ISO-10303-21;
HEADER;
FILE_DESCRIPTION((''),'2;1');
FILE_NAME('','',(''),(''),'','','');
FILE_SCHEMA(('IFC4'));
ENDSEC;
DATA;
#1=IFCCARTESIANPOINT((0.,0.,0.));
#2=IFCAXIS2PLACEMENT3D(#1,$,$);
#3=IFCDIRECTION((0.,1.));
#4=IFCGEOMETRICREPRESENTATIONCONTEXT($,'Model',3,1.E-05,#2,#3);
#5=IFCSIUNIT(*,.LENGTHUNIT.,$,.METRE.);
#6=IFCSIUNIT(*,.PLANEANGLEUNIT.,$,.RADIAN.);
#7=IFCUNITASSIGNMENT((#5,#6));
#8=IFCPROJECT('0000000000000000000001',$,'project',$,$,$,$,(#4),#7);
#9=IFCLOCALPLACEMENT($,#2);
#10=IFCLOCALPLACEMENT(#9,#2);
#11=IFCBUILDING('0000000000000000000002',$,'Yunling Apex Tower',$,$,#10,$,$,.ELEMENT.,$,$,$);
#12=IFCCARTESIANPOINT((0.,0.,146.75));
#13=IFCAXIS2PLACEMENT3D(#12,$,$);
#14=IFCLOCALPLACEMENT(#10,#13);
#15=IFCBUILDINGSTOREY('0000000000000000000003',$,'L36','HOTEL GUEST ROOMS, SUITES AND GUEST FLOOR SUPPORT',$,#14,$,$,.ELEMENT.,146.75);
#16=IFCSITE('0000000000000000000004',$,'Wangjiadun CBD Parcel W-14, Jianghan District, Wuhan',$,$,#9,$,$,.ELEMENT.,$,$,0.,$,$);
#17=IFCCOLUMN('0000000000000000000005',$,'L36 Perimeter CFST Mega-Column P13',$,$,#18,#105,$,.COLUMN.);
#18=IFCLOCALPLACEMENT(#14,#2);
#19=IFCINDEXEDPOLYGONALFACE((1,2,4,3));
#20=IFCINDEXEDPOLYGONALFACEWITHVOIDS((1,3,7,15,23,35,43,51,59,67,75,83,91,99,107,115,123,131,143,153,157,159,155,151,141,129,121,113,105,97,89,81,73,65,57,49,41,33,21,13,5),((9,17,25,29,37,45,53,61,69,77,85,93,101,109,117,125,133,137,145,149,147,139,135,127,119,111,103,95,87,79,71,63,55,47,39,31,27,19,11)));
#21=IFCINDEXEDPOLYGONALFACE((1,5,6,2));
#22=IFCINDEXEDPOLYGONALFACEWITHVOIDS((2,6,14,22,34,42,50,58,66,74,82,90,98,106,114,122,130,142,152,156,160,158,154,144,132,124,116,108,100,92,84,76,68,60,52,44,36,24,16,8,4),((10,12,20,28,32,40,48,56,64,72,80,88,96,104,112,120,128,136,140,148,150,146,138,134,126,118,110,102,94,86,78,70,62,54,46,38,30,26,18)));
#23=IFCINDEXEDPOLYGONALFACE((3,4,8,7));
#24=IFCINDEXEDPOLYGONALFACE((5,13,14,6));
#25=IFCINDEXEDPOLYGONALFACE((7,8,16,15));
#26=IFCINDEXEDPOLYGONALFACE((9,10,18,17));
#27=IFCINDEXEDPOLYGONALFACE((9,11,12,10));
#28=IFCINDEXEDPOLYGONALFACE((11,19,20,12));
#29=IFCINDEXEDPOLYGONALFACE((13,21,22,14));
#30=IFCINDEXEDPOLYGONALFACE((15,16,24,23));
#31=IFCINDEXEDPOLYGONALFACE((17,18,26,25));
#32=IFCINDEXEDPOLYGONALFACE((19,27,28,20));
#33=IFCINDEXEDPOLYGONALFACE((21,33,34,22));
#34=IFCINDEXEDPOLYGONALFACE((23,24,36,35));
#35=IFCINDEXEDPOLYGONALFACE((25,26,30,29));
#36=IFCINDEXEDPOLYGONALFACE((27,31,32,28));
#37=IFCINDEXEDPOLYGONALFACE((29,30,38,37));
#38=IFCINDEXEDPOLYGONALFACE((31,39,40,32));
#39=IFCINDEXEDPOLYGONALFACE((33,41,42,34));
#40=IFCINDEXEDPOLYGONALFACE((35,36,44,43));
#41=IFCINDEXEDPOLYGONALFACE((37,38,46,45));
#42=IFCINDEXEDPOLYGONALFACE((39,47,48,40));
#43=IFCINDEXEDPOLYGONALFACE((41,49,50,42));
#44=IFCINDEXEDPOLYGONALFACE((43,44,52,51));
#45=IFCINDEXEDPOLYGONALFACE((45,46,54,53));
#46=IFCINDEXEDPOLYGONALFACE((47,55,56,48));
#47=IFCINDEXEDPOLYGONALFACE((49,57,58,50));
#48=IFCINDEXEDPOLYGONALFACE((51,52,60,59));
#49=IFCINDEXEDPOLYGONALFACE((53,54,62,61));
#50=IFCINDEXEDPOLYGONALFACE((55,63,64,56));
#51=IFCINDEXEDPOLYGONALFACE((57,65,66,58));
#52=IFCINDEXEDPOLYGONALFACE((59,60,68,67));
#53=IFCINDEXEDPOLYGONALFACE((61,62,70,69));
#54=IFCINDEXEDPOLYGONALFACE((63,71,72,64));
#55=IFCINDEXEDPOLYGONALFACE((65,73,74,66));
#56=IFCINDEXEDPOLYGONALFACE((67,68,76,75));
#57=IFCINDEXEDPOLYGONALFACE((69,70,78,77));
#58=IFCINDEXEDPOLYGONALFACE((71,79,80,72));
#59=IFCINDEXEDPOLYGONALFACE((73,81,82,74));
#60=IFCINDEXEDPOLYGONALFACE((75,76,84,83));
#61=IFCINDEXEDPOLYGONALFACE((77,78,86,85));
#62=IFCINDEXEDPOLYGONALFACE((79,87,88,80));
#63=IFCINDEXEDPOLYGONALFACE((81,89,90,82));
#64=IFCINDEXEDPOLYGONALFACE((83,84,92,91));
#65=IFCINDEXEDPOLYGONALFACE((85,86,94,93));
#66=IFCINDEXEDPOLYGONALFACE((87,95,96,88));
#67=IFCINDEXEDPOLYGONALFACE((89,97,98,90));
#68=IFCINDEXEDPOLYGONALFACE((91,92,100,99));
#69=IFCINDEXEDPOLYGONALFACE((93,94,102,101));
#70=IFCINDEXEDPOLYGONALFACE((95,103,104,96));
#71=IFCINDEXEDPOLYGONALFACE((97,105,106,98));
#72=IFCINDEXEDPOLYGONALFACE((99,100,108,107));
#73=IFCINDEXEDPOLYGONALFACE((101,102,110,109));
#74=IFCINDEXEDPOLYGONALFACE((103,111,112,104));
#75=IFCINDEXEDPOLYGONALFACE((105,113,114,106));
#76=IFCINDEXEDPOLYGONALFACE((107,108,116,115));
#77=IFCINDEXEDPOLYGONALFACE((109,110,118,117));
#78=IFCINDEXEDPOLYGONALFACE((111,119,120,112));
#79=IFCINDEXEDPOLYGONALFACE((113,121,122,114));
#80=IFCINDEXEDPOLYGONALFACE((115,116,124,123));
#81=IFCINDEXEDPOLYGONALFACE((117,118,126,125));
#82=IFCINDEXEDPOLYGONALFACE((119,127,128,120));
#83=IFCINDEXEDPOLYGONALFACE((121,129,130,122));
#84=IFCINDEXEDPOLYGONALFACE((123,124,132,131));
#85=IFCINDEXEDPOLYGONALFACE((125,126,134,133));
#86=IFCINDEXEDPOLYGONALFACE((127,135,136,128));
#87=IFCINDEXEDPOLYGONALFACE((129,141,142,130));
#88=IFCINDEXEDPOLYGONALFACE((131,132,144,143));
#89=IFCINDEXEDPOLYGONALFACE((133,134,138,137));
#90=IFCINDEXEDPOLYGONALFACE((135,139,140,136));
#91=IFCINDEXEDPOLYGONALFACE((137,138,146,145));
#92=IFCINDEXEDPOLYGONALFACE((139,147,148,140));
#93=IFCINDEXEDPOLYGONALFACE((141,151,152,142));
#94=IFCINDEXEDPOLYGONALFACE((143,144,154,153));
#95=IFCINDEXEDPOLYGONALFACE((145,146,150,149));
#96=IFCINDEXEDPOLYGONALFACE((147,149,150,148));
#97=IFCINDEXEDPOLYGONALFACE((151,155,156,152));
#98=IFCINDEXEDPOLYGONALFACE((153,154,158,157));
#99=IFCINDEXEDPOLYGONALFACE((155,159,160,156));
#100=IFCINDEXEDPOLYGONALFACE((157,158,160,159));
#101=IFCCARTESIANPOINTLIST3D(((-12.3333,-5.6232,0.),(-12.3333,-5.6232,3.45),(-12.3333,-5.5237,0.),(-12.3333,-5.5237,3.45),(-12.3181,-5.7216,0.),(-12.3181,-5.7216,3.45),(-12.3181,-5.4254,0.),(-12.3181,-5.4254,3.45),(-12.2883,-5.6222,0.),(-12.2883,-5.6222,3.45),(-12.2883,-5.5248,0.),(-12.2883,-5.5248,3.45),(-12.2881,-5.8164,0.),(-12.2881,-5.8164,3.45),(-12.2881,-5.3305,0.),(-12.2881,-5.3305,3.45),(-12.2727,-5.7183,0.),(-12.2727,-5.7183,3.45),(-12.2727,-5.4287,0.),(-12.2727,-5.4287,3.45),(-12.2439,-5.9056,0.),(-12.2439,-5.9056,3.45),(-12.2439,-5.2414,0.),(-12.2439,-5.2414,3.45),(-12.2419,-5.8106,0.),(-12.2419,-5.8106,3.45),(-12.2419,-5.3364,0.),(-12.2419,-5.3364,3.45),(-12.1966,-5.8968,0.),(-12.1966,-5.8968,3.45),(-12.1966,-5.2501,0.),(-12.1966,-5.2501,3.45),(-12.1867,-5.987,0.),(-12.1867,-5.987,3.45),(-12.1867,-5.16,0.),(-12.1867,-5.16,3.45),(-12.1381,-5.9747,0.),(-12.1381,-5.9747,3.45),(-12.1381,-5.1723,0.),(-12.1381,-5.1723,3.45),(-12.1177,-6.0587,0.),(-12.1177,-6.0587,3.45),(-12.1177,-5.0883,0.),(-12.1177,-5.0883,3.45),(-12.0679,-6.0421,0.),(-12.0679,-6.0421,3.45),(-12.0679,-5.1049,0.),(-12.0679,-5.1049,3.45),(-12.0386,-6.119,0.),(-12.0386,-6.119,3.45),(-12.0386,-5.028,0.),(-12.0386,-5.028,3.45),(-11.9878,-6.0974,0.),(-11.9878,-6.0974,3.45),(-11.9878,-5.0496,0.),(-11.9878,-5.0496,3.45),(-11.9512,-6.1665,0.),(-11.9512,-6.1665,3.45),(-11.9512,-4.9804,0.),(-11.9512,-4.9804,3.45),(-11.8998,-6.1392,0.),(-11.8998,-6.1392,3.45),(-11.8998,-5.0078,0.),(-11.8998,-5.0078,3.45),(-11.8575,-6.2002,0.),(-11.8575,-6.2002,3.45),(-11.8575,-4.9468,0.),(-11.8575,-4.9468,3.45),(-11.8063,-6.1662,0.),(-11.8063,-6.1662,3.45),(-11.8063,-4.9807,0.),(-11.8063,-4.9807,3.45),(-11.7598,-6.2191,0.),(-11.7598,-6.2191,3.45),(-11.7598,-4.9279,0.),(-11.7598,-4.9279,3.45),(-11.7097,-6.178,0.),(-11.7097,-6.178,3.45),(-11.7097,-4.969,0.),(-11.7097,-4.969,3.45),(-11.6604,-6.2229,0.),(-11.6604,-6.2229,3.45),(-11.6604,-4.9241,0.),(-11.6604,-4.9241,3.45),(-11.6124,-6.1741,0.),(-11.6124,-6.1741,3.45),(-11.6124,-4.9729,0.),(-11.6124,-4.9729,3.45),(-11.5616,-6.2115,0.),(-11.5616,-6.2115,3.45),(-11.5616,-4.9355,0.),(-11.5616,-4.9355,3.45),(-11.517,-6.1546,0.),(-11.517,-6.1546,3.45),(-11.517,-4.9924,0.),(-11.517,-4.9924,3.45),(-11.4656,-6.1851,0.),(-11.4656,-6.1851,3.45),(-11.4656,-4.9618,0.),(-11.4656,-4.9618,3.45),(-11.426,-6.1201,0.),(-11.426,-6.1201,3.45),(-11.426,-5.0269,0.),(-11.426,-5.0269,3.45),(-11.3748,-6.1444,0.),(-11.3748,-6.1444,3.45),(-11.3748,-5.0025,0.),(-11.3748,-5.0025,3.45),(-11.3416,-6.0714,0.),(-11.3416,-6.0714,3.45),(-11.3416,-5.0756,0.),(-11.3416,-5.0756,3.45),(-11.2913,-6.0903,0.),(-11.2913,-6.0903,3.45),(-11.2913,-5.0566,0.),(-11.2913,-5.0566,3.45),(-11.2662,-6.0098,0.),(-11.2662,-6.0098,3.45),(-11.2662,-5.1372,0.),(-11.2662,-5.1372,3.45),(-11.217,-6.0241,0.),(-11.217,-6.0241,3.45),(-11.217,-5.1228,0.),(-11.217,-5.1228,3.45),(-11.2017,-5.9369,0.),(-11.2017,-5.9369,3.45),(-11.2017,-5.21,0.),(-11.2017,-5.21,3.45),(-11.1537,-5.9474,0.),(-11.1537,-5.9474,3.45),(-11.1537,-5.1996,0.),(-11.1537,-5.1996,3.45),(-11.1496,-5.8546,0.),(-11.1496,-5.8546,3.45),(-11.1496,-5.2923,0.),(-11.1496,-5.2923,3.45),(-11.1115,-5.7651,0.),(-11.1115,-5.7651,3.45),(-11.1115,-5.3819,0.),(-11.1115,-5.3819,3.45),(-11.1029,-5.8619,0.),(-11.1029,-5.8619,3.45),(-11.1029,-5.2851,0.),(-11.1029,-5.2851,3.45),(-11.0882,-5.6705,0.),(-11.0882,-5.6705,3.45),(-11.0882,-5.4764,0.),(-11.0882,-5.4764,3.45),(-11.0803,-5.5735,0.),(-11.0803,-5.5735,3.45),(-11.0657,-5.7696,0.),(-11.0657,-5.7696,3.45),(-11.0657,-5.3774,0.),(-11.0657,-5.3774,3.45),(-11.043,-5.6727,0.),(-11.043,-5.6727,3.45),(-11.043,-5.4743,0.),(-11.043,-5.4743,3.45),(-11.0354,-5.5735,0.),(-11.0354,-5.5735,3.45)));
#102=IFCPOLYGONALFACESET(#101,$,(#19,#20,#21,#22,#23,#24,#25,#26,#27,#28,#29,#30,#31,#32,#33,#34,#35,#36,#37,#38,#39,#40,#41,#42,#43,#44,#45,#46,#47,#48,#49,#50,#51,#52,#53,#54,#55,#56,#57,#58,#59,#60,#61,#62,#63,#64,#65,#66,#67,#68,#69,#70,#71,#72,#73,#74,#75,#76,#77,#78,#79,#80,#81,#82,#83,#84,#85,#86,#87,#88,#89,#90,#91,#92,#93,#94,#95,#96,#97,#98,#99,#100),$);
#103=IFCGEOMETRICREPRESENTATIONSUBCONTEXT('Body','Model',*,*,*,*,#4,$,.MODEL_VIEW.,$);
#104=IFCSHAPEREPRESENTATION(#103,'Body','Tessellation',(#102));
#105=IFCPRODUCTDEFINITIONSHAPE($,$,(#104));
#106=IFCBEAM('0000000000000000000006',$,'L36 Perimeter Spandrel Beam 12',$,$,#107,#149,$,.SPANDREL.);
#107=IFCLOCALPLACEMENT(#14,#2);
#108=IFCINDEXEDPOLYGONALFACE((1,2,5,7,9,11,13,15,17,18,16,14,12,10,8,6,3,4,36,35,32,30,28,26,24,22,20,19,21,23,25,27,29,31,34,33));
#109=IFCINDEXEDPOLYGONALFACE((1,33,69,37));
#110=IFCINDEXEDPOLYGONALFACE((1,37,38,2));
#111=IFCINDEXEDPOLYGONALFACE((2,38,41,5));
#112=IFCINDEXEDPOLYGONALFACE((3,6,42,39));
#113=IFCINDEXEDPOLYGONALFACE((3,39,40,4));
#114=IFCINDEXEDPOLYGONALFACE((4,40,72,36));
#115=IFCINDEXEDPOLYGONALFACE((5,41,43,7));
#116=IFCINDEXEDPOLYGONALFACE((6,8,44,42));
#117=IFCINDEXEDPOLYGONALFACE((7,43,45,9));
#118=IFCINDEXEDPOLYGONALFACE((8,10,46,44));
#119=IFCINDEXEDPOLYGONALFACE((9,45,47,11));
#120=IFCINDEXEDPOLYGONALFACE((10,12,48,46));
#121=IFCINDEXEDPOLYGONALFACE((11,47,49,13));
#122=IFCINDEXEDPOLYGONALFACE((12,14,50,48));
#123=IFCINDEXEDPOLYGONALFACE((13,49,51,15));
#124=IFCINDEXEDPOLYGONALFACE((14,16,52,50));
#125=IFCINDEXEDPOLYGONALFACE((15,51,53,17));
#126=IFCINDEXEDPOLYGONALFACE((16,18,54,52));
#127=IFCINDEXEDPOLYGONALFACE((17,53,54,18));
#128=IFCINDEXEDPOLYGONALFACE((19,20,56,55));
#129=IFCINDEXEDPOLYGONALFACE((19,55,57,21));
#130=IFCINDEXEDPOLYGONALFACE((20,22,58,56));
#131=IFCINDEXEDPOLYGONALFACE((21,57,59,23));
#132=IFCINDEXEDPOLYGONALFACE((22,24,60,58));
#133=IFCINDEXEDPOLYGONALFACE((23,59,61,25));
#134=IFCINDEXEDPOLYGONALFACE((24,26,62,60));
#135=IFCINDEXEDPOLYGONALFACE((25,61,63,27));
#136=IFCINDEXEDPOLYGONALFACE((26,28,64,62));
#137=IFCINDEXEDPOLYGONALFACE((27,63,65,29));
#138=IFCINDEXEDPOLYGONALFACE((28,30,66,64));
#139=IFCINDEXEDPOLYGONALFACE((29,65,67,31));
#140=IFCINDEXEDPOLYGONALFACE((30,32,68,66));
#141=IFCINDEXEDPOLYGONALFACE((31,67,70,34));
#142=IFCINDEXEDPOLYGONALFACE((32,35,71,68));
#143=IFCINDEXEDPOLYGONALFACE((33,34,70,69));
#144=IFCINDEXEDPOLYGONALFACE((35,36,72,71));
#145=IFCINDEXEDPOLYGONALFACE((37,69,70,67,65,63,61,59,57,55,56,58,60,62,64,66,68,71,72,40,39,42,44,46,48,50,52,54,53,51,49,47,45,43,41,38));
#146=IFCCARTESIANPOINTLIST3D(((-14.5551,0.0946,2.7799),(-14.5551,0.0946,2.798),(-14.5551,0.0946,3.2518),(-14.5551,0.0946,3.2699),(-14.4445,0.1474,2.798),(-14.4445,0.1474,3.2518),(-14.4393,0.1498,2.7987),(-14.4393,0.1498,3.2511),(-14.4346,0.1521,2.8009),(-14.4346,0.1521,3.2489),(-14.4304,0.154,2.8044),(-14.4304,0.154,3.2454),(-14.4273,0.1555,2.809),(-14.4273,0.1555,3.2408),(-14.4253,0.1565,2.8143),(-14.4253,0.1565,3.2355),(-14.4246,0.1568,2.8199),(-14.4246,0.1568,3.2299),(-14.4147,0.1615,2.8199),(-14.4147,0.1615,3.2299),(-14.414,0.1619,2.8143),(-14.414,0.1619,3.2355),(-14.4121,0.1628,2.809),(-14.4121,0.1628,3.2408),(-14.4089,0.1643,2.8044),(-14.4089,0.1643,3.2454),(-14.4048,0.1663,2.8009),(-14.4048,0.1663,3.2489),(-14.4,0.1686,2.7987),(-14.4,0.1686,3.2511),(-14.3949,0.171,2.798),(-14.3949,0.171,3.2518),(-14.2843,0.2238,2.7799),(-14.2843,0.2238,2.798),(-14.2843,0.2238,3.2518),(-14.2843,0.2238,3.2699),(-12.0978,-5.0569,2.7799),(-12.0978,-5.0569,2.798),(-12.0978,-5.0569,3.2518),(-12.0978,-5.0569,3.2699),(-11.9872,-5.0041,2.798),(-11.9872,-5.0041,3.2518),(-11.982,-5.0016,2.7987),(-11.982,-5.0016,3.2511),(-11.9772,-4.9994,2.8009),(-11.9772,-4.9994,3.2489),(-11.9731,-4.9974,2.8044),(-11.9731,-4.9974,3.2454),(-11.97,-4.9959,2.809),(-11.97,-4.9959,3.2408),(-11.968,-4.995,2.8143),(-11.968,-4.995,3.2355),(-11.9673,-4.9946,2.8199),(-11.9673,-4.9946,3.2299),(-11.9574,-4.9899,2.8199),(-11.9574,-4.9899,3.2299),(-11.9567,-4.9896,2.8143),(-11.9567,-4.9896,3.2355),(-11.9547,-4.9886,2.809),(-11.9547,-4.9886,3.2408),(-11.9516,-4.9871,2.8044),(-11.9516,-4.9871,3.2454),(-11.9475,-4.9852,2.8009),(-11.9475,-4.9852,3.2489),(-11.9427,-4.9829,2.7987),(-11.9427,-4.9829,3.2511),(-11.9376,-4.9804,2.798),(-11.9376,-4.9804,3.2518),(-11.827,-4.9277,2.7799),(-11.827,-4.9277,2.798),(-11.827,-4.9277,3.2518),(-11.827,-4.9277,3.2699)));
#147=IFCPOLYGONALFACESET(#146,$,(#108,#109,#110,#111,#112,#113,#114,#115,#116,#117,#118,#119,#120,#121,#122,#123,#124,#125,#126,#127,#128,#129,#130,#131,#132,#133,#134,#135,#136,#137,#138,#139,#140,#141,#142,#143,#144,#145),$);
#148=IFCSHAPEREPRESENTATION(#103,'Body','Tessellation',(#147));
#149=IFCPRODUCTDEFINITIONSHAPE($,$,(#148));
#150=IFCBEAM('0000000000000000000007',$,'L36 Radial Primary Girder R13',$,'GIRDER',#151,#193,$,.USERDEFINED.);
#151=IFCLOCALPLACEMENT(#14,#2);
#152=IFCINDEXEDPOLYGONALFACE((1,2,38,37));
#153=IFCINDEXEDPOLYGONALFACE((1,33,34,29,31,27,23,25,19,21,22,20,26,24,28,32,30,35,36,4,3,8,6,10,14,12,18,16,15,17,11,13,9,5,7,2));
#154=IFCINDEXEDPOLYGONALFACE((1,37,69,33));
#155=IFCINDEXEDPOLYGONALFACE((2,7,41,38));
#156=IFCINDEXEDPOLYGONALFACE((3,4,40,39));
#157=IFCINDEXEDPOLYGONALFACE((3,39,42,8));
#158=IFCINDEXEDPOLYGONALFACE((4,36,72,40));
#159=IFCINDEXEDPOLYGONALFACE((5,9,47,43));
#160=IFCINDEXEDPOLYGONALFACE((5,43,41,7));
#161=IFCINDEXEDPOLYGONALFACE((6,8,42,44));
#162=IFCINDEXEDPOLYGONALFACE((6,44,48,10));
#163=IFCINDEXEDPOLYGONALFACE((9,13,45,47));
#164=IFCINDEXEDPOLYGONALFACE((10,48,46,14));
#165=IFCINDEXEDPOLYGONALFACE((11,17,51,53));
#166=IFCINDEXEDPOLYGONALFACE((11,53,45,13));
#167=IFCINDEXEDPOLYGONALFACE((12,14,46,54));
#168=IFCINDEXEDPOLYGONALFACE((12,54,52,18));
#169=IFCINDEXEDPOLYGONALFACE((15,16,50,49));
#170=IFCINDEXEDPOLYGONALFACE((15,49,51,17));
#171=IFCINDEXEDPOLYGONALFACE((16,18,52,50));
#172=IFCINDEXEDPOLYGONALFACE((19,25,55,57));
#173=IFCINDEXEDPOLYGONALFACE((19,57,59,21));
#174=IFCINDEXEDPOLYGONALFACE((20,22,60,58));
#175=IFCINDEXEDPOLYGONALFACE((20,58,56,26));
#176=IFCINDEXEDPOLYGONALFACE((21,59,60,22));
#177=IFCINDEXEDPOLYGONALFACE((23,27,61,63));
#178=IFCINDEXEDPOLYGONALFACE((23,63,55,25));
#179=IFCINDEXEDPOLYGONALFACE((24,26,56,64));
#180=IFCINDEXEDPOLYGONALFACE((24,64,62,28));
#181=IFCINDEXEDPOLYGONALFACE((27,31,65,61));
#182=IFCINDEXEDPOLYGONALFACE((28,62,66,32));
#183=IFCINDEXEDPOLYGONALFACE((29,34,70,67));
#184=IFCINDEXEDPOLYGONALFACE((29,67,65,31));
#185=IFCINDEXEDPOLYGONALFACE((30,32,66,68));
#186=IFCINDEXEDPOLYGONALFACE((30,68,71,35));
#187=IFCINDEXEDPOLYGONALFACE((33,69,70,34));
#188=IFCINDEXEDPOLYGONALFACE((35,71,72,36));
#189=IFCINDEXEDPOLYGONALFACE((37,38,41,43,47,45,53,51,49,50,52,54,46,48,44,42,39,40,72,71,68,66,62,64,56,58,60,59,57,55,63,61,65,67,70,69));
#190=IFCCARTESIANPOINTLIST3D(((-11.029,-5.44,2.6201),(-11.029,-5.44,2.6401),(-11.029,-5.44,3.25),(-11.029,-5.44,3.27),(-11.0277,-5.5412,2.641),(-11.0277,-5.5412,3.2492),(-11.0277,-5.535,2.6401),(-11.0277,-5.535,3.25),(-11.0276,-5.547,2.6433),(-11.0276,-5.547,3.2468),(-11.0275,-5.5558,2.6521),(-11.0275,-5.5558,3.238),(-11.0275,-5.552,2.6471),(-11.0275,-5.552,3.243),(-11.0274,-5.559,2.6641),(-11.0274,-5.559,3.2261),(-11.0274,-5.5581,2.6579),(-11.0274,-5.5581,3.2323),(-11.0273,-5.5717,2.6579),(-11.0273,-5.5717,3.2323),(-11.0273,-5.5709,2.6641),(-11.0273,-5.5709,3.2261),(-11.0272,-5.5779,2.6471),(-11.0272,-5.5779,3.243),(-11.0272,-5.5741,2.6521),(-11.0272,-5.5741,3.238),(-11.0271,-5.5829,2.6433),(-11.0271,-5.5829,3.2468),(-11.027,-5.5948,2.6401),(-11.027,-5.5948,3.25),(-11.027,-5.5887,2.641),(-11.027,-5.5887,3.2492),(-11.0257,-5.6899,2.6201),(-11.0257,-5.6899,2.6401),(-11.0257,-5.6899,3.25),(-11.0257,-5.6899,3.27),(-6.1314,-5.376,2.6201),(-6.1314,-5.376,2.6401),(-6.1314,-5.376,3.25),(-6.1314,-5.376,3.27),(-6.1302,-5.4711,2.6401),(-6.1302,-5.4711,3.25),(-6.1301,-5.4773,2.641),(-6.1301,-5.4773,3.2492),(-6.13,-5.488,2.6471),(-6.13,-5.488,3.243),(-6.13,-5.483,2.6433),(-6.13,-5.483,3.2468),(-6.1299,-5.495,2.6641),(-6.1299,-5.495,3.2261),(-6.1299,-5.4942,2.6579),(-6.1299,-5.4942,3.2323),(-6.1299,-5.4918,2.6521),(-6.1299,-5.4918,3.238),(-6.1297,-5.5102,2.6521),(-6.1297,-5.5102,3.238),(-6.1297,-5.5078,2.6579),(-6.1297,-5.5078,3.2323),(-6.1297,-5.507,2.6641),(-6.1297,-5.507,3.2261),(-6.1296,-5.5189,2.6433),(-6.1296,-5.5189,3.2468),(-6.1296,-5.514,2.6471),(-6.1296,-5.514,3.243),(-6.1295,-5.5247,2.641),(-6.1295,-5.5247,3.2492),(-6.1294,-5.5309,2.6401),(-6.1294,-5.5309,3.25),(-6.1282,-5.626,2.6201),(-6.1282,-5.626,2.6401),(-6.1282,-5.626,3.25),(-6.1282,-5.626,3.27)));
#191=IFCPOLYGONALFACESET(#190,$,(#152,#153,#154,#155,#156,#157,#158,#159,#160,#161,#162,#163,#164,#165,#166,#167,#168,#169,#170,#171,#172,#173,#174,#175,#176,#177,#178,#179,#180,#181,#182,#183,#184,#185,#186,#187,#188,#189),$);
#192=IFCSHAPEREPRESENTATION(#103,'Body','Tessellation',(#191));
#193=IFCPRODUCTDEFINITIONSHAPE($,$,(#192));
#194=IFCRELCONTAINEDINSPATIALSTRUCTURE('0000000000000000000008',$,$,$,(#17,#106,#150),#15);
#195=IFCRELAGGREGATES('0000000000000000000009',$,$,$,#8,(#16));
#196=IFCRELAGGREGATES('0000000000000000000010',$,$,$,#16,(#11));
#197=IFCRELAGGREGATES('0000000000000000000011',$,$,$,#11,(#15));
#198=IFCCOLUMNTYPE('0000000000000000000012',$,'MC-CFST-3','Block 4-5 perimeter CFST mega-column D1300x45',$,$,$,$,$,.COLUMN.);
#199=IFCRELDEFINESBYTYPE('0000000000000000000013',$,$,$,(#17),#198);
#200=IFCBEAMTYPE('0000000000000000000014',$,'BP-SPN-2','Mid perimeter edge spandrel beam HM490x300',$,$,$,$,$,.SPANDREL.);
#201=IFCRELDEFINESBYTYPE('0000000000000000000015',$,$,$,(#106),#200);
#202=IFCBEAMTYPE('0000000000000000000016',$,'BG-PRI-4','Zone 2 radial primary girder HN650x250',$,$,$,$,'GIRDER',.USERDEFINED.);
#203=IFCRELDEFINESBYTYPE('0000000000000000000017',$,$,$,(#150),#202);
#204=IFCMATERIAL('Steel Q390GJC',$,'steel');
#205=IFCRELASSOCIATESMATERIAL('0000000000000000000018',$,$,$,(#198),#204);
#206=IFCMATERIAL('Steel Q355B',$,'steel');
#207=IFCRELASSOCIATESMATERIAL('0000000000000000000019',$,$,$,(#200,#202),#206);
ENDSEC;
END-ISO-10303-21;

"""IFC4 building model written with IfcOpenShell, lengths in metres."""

from ifc_helpers import new_model, si_unit, direction, frame, origin, origin_2d, place, context, subcontext, project, spatial, hollow_circle, i_section, extrude, source, transform, mapped, material, material_profile, profile_set, type_object, element, save


model = new_model("IFC4")

# Units and contexts
model_context = context("Model", 3, precision=1e-05, world=origin(), true_north=direction((0.0, 1.0)))
body_context = subcontext(model_context, "Body", "Model", "MODEL_VIEW")
ifc_project = project(units=[si_unit("LENGTHUNIT", "METRE"), si_unit("PLANEANGLEUNIT", "RADIAN")], contexts=[model_context])

# Site, building, storey
site_placement = place(None, origin())
site = spatial("IfcSite", under=ifc_project, at=site_placement, Name="Wangjiadun CBD Parcel W-14, Jianghan District, Wuhan", CompositionType="ELEMENT", RefElevation=0.0)
building_placement = place(site_placement, origin())
building = spatial("IfcBuilding", under=site, at=building_placement, Name="Yunling Apex Tower", CompositionType="ELEMENT")
storey_placement = place(building_placement, frame((0.0, 0.0, 146.75)))
storey = spatial("IfcBuildingStorey", under=building, at=storey_placement, Name="L36", Description="HOTEL GUEST ROOMS, SUITES AND GUEST FLOOR SUPPORT", CompositionType="ELEMENT", Elevation=146.75)

# Column
ifc_material_1 = material(Name="Steel Q390GJC", Category="steel")
ifc_material_profile_1 = material_profile(ifc_material_1, hollow_circle(Radius=0.6499, WallThickness=0.0449, at=origin_2d()))
ifc_profile_set_1 = profile_set([ifc_material_profile_1], Name="Steel Q390GJC")
column_type = type_object("IfcColumnType", Name="MC-CFST-3", Description="Block 4-5 perimeter CFST mega-column D1300x45", PredefinedType="COLUMN", material=ifc_profile_set_1)
shared_shape_1 = source(origin(), body_context, "Body", "SweptSolid", [
    extrude(hollow_circle(Radius=0.6499, WallThickness=0.0449, at=origin_2d()), origin(), (0.0, 0.0, 1.0), 3.45),
])
column_placement = place(storey_placement, frame((-11.6853, -5.5735, 0.0), z_axis=(0.0, 0.0, 1.0), x_axis=(1.0, 0.0, 0.0)))
element("IfcColumn", 1, at=column_placement, inside=storey, type_object=column_type, Name="L36 Perimeter CFST Mega-Column P13", PredefinedType="COLUMN", context=body_context, shape_type="MappedRepresentation", body=[
    mapped(shared_shape_1, transform((0.0, 0.0, 0.0), scale=1.0)),
])

# Beams
ifc_material_2 = material(Name="Steel Q355B", Category="steel")
ifc_material_profile_2 = material_profile(ifc_material_2, i_section(OverallWidth=0.3, OverallDepth=0.49, WebThickness=0.011, FlangeThickness=0.0181, FilletRadius=0.022, at=origin_2d()))
ifc_profile_set_2 = profile_set([ifc_material_profile_2], Name="Steel Q355B")
beam_type_1 = type_object("IfcBeamType", Name="BP-SPN-2", Description="Mid perimeter edge spandrel beam HM490x300", PredefinedType="SPANDREL", material=ifc_profile_set_2)
shared_shape_2 = source(origin(), body_context, "Body", "SweptSolid", [
    extrude(i_section(OverallWidth=0.3, OverallDepth=0.49, WebThickness=0.011, FlangeThickness=0.0181, FilletRadius=0.022, at=origin_2d()), origin(), (0.0, 0.0, 1.0), 5.7075),
])
beam_1_placement = place(storey_placement, frame((-14.4197, 0.1592, 3.0249), z_axis=(0.43054, -0.902572, 0.0), x_axis=(0.902572, 0.43054, 0.0)))
element("IfcBeam", 2, at=beam_1_placement, inside=storey, type_object=beam_type_1, Name="L36 Perimeter Spandrel Beam 12", PredefinedType="SPANDREL", context=body_context, shape_type="MappedRepresentation", body=[
    mapped(shared_shape_2, transform((0.0, 0.0, 0.0), scale=1.0)),
])
ifc_material_profile_3 = material_profile(ifc_material_2, i_section(OverallWidth=0.25, OverallDepth=0.6499, WebThickness=0.012, FlangeThickness=0.02, FilletRadius=0.0239, at=origin_2d()))
ifc_profile_set_3 = profile_set([ifc_material_profile_3], Name="Steel Q355B")
beam_type_2 = type_object("IfcBeamType", Name="BG-PRI-4", Description="Zone 2 radial primary girder HN650x250", ElementType="GIRDER", PredefinedType="USERDEFINED", material=ifc_profile_set_3)
shared_shape_3 = source(origin(), body_context, "Body", "SweptSolid", [
    extrude(i_section(OverallWidth=0.25, OverallDepth=0.6499, WebThickness=0.012, FlangeThickness=0.02, FilletRadius=0.0239, at=origin_2d()), origin(), (0.0, 0.0, 1.0), 4.8979),
])
beam_2_placement = place(storey_placement, frame((-11.0273, -5.5649, 2.9451), z_axis=(0.999915, 0.01306, 0.0), x_axis=(-0.01306, 0.999915, 0.0)))
element("IfcBeam", 3, at=beam_2_placement, inside=storey, type_object=beam_type_2, Name="L36 Radial Primary Girder R13", ObjectType="GIRDER", PredefinedType="USERDEFINED", context=body_context, shape_type="MappedRepresentation", body=[
    mapped(shared_shape_3, transform((0.0, 0.0, 0.0), scale=1.0)),
])

save(model, "model.ifc")
